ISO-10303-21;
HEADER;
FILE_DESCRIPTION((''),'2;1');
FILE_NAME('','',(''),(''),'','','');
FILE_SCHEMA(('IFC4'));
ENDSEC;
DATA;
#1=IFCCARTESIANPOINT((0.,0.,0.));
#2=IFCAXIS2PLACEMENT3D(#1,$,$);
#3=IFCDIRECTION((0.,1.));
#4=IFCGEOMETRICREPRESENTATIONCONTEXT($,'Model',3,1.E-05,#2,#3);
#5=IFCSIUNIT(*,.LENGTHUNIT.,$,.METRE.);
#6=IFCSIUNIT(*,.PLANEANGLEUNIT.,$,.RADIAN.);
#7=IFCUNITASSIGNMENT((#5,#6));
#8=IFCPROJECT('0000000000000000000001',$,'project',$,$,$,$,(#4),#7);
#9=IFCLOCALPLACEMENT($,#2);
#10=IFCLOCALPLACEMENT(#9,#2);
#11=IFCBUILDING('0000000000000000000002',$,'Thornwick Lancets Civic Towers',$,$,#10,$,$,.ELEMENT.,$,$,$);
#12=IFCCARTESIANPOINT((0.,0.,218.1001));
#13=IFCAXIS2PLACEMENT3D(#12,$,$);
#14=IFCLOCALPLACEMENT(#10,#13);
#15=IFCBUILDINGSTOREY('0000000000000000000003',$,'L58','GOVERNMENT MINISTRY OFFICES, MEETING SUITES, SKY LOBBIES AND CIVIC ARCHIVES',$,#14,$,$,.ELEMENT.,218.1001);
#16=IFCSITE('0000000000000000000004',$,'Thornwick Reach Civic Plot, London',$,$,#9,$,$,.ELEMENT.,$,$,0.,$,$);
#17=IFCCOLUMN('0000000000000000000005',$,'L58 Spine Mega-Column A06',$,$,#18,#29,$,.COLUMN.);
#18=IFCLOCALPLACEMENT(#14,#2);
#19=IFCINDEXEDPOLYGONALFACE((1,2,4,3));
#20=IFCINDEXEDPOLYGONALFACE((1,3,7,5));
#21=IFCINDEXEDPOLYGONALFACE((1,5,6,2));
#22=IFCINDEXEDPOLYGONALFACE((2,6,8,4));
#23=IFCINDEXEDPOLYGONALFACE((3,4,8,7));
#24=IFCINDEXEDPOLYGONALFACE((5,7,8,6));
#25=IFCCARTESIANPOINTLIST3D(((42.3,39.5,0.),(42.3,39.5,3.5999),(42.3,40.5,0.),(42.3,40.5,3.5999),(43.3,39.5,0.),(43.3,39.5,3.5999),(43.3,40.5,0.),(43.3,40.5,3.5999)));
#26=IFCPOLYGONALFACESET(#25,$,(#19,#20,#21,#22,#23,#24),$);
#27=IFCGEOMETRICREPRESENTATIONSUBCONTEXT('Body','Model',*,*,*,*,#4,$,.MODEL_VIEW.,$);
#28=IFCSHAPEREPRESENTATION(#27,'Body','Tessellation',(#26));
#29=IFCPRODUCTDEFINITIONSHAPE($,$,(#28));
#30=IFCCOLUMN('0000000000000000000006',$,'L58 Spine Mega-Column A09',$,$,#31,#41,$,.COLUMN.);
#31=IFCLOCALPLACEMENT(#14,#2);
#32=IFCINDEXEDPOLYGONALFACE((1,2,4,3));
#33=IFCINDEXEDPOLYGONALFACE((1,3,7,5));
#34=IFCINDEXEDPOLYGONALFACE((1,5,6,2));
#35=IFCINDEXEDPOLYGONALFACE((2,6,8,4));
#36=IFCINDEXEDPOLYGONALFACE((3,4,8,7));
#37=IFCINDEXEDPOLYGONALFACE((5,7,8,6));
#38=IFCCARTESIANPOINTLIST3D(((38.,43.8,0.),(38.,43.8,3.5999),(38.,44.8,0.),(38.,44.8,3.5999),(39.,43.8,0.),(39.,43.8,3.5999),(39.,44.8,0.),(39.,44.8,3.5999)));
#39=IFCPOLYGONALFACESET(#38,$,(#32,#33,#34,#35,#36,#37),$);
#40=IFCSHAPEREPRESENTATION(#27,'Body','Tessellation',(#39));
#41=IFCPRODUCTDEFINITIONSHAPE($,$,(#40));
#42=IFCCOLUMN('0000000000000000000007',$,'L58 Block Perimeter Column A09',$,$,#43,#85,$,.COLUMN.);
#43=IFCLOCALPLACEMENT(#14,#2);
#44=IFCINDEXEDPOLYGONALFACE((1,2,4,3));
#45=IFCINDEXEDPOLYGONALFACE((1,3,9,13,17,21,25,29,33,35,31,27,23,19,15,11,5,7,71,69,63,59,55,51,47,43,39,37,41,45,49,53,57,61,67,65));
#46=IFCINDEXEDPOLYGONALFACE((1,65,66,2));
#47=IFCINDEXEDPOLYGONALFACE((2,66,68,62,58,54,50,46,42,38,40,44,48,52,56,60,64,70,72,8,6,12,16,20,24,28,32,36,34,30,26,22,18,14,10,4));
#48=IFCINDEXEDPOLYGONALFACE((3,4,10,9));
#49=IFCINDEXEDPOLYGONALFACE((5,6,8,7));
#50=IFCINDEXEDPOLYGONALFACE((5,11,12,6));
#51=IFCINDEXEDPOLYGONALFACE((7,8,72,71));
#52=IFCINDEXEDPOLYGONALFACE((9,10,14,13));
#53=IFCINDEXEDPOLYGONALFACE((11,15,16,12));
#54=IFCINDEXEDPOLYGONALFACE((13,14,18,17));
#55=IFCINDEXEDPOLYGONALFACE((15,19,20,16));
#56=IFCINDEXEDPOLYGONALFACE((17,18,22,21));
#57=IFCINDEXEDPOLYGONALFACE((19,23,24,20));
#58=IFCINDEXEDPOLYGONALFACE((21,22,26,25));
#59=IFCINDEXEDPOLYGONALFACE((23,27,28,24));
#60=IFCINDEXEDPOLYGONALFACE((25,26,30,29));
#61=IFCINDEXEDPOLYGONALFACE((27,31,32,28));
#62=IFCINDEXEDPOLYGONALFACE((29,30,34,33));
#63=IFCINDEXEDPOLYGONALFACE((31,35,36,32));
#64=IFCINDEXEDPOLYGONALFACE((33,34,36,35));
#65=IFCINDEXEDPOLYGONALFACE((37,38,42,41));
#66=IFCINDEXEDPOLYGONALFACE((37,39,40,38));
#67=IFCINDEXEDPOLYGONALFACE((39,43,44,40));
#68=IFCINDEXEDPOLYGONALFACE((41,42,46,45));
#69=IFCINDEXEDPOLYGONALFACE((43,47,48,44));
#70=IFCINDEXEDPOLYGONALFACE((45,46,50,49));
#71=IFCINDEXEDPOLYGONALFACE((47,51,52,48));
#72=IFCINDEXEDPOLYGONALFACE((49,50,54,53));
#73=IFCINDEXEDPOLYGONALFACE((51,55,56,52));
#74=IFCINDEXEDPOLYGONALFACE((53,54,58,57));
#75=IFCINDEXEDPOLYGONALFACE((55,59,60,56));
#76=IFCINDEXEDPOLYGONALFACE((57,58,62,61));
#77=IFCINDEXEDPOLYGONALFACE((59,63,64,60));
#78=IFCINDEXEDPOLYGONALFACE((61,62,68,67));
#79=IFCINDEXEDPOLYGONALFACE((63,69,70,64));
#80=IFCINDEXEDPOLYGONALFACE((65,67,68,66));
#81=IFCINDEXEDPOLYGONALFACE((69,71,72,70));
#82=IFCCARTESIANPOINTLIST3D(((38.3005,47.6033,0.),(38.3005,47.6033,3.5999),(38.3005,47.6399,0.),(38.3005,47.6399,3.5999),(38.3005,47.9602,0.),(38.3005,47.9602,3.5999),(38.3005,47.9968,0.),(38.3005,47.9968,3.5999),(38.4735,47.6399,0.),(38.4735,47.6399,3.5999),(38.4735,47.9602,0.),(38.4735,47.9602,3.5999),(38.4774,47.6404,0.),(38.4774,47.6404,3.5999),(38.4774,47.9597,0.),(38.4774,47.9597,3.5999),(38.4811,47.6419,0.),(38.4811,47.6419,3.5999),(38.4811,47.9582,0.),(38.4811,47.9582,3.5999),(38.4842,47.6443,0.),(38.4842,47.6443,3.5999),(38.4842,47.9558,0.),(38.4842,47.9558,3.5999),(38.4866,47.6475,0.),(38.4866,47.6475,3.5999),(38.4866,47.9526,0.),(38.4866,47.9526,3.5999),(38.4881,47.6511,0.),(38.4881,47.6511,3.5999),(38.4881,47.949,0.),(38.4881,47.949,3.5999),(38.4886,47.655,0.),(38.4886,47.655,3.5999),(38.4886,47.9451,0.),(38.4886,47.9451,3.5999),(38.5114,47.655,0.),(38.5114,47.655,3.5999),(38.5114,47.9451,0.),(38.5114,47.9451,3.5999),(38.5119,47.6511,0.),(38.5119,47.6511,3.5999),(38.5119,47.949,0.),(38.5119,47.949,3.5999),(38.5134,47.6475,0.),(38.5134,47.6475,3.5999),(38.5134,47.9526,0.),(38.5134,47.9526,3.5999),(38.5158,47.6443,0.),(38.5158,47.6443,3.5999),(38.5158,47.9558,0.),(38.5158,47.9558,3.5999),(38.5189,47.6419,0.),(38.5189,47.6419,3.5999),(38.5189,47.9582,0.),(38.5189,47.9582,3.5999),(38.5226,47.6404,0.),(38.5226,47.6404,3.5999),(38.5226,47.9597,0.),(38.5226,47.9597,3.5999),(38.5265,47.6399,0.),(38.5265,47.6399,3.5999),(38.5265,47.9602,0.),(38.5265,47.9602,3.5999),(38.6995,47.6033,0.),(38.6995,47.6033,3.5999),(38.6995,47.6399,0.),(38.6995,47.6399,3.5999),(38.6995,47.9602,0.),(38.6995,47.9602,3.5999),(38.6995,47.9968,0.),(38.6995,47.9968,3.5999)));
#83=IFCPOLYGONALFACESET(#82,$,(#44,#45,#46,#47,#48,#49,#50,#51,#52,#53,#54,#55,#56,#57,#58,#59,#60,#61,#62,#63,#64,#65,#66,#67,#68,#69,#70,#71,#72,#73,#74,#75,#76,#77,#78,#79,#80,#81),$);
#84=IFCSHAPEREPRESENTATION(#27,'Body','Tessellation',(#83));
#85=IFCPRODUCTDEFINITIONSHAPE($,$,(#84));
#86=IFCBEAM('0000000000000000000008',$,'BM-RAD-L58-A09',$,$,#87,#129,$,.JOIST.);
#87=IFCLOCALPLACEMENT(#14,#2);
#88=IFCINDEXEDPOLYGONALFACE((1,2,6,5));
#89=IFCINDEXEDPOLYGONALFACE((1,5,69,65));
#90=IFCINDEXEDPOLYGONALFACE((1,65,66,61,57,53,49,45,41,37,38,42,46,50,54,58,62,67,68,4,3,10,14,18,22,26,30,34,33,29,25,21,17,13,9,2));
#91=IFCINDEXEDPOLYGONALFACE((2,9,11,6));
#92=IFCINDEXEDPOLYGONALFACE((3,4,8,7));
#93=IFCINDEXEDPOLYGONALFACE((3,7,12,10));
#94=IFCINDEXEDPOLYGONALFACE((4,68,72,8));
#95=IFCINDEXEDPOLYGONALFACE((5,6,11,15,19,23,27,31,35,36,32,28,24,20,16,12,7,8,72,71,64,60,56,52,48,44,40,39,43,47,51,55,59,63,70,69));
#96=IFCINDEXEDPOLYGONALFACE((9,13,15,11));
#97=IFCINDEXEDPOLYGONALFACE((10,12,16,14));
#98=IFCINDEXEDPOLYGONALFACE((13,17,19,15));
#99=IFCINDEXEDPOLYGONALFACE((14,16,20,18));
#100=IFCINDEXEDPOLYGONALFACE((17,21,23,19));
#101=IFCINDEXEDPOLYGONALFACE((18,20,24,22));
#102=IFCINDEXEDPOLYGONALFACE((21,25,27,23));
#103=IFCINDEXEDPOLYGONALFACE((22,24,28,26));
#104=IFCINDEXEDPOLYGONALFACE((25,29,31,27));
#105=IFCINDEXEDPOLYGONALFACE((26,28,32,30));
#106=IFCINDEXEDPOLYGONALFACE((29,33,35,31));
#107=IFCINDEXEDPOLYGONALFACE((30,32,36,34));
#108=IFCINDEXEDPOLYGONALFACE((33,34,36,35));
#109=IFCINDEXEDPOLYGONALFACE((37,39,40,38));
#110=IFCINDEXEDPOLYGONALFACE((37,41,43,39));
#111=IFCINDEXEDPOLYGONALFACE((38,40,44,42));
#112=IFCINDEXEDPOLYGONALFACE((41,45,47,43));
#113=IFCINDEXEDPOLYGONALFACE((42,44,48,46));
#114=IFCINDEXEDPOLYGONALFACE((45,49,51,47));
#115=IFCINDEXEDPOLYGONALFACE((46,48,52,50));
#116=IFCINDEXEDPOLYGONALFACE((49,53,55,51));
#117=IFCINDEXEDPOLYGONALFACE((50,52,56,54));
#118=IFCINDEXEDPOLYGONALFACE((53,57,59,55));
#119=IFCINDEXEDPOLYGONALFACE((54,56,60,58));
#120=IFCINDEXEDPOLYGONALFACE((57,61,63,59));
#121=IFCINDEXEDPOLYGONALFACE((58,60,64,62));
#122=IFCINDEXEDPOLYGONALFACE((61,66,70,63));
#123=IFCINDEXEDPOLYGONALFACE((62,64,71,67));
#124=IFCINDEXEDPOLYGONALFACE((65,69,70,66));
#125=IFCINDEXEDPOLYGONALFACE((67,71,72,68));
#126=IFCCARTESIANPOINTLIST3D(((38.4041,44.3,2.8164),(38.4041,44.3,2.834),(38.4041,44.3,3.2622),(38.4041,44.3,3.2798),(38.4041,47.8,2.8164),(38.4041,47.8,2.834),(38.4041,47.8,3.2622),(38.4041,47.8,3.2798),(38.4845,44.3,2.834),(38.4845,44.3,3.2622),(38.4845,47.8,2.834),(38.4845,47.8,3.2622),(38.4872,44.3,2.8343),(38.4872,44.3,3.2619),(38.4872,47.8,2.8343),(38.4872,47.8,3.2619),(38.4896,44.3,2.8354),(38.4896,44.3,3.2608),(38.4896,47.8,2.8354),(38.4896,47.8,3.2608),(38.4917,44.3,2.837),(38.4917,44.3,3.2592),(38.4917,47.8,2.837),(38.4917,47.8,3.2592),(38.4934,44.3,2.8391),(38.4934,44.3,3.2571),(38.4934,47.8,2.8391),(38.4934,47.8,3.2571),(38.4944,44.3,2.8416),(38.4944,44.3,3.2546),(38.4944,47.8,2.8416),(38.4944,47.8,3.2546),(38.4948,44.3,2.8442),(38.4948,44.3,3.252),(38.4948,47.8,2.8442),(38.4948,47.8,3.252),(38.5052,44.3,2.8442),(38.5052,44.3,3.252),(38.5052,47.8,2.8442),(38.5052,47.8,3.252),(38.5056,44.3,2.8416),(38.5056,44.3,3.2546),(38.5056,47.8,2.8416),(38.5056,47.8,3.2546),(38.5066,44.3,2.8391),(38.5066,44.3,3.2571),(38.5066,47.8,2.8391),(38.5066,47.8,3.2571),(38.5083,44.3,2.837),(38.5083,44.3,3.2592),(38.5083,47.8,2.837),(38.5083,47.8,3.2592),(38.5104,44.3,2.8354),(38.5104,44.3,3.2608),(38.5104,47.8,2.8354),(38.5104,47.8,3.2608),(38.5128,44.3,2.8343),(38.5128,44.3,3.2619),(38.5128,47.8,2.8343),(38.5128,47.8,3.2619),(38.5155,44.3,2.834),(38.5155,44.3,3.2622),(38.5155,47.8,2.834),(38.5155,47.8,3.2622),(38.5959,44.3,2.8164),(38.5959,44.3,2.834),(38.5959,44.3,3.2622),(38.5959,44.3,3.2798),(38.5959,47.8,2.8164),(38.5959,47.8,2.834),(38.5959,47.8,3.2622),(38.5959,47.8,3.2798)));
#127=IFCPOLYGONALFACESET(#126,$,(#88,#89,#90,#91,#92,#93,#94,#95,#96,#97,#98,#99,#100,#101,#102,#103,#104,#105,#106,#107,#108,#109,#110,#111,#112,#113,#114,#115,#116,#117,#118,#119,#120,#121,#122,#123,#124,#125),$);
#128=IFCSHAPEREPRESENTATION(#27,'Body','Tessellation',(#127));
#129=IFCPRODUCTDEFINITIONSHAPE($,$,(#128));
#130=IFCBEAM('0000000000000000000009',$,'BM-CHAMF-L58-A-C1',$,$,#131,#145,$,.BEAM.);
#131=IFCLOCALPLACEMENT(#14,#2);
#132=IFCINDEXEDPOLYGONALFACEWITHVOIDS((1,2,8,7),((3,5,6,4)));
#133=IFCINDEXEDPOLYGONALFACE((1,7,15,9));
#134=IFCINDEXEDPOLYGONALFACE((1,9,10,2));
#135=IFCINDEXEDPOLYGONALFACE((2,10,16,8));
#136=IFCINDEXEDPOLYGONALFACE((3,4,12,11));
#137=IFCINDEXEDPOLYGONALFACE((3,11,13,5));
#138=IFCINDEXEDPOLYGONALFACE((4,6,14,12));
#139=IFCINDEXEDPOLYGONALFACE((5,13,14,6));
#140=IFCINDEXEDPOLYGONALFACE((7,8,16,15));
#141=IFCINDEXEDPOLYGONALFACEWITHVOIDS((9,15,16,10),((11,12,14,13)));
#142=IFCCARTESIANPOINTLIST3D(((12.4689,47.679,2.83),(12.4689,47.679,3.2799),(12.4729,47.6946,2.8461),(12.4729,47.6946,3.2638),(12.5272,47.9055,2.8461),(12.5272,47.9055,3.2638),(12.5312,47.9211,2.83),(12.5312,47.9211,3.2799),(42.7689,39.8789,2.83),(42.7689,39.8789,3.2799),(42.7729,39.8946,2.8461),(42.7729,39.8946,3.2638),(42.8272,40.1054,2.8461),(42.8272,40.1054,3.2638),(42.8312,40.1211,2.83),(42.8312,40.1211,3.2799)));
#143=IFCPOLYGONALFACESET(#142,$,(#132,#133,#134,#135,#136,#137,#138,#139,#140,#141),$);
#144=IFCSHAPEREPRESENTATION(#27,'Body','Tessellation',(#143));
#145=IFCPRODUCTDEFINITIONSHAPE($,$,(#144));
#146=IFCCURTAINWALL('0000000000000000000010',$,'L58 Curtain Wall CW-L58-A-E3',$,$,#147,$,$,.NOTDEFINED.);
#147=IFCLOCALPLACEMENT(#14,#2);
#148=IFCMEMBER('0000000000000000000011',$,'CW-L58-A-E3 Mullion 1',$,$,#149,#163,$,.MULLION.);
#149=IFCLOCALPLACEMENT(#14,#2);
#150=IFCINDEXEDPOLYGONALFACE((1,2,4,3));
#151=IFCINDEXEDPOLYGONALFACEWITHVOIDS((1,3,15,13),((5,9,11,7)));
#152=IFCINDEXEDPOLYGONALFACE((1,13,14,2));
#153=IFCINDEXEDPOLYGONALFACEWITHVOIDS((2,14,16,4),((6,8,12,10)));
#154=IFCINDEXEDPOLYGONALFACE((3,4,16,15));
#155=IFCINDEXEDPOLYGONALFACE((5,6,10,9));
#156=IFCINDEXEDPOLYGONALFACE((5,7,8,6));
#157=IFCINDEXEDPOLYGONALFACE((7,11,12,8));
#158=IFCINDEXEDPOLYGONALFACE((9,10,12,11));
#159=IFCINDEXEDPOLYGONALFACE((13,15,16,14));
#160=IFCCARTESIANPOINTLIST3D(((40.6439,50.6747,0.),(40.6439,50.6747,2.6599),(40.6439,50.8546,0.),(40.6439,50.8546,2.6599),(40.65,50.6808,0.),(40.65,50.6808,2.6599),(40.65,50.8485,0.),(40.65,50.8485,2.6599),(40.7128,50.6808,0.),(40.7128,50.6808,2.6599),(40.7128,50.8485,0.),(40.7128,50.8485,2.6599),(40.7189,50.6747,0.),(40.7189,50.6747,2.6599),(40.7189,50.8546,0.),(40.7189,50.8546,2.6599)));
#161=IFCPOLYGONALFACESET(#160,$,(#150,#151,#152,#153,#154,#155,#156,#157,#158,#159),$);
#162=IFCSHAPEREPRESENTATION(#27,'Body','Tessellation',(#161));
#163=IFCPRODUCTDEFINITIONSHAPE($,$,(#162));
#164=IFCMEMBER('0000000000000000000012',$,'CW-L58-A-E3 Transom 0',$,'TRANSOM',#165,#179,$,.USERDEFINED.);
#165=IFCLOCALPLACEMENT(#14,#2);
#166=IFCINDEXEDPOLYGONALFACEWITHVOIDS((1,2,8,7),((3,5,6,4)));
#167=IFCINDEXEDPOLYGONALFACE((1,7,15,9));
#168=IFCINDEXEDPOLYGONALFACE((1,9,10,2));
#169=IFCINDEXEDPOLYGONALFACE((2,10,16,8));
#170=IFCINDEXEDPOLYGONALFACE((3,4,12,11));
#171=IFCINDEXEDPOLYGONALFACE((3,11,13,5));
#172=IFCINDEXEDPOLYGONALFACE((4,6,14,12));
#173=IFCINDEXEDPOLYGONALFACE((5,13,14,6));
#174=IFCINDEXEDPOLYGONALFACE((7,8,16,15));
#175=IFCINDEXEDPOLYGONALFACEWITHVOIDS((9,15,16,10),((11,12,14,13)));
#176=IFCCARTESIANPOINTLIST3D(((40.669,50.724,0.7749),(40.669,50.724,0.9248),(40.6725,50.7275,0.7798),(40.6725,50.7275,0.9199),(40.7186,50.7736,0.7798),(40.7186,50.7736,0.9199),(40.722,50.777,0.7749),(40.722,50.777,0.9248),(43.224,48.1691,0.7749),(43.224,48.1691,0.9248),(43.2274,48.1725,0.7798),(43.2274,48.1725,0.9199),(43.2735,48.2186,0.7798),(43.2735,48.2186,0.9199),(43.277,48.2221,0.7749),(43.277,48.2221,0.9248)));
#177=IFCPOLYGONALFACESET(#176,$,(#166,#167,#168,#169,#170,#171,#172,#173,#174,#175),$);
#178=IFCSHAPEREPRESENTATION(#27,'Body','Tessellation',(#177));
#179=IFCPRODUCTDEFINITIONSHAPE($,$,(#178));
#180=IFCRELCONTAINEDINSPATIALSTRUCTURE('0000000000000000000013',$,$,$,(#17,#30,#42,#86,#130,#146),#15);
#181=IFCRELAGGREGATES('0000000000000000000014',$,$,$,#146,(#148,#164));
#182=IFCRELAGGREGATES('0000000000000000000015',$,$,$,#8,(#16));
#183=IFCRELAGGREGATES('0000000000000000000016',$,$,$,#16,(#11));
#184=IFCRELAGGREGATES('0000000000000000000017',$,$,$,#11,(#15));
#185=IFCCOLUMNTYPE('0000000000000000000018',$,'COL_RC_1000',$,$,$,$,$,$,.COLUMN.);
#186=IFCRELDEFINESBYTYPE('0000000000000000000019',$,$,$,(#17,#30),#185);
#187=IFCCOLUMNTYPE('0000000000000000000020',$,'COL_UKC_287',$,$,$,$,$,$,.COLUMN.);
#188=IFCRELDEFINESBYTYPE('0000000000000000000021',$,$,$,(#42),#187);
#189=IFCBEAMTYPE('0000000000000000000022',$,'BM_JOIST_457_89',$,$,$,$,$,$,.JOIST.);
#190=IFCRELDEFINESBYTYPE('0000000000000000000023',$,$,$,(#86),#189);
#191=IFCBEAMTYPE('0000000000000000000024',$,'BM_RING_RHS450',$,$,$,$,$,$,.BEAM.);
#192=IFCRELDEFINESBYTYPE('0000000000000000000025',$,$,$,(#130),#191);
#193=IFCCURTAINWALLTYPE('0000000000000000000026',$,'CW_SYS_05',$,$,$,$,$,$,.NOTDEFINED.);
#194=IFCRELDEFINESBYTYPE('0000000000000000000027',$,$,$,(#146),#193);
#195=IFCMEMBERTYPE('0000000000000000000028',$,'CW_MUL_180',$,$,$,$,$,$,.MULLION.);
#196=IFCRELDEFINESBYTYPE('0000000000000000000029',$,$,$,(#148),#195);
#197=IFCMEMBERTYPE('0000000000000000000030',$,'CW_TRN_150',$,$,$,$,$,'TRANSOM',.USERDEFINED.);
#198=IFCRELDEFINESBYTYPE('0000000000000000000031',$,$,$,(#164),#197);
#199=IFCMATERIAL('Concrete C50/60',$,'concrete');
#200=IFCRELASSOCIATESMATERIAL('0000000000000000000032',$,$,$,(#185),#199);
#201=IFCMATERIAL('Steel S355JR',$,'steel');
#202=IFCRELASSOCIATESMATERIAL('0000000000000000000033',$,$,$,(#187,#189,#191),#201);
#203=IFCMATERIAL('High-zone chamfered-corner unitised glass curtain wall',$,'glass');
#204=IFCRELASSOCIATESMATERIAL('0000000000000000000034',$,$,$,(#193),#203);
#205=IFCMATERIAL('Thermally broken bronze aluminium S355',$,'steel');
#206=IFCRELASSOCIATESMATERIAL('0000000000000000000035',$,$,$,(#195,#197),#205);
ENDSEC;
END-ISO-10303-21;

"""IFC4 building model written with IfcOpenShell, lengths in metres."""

from ifc_helpers import new_model, si_unit, direction, frame, origin, origin_2d, place, context, subcontext, project, spatial, rectangle, hollow_rectangle, i_section, extrude, material, material_profile, profile_set, type_object, element, aggregate, save


model = new_model("IFC4")

# Units and contexts
model_context = context("Model", 3, precision=1e-05, world=origin(), true_north=direction((0.0, 1.0)))
body_context = subcontext(model_context, "Body", "Model", "MODEL_VIEW")
ifc_project = project(units=[si_unit("LENGTHUNIT", "METRE"), si_unit("PLANEANGLEUNIT", "RADIAN")], contexts=[model_context])

# Site, building, storey
site_placement = place(None, origin())
site = spatial("IfcSite", under=ifc_project, at=site_placement, Name="Thornwick Reach Civic Plot, London", CompositionType="ELEMENT", RefElevation=0.0)
building_placement = place(site_placement, origin())
building = spatial("IfcBuilding", under=site, at=building_placement, Name="Thornwick Lancets Civic Towers", CompositionType="ELEMENT")
storey_placement = place(building_placement, frame((0.0, 0.0, 218.1001)))
storey = spatial("IfcBuildingStorey", under=building, at=storey_placement, Name="L58", Description="GOVERNMENT MINISTRY OFFICES, MEETING SUITES, SKY LOBBIES AND CIVIC ARCHIVES", CompositionType="ELEMENT", Elevation=218.1001)

# Columns
ifc_material_1 = material(Name="Concrete C50/60", Category="concrete")
ifc_material_profile_1 = material_profile(ifc_material_1, rectangle(XDim=1.0, YDim=1.0, at=origin_2d()), Name="RC 1000x1000")
ifc_profile_set_1 = profile_set([ifc_material_profile_1], Name="Concrete C50/60")
column_type_1 = type_object("IfcColumnType", Name="COL_RC_1000", PredefinedType="COLUMN", material=ifc_profile_set_1)
for number, where, z_axis, x_axis, name in (
    (1, (42.8, 40.0, 0.0), (0.0, 0.0, 1.0), (1.0, 0.0, 0.0), "L58 Spine Mega-Column A06"),
    (2, (38.5, 44.3, 0.0), (0.0, 0.0, 1.0), (1.0, 0.0, 0.0), "L58 Spine Mega-Column A09"),
):
    element("IfcColumn", number, at=place(storey_placement, frame(where, z_axis=z_axis, x_axis=x_axis)), inside=storey, type_object=column_type_1, Name=name, PredefinedType="COLUMN", context=body_context, shape_type="SweptSolid", body=[
        extrude(rectangle(XDim=1.0, YDim=1.0, at=origin_2d()), origin(), (0.0, 0.0, 1.0), 3.5999),
    ])
ifc_material_2 = material(Name="Steel S355JR", Category="steel")
ifc_material_profile_2 = material_profile(ifc_material_2, i_section(OverallWidth=0.3989, OverallDepth=0.3936, WebThickness=0.0227, FlangeThickness=0.0366, FilletRadius=0.0151, at=origin_2d()), Name="UKC 356x406x287")
ifc_profile_set_2 = profile_set([ifc_material_profile_2], Name="Steel S355JR")
column_type_2 = type_object("IfcColumnType", Name="COL_UKC_287", PredefinedType="COLUMN", material=ifc_profile_set_2)
column_placement = place(storey_placement, frame((38.5, 47.8, 0.0), z_axis=(0.0, 0.0, 1.0), x_axis=(1.0, 0.0, 0.0)))
element("IfcColumn", 3, at=column_placement, inside=storey, type_object=column_type_2, Name="L58 Block Perimeter Column A09", PredefinedType="COLUMN", context=body_context, shape_type="SweptSolid", body=[
    extrude(i_section(OverallWidth=0.3989, OverallDepth=0.3936, WebThickness=0.0227, FlangeThickness=0.0366, FilletRadius=0.0151, at=origin_2d()), origin(), (0.0, 0.0, 1.0), 3.5999),
])

# Beams
ifc_material_profile_3 = material_profile(ifc_material_2, i_section(OverallWidth=0.1919, OverallDepth=0.4634, WebThickness=0.0105, FlangeThickness=0.0176, FilletRadius=0.0103, at=origin_2d()), Name="UKB 457x191x89")
ifc_profile_set_3 = profile_set([ifc_material_profile_3], Name="Steel S355JR")
beam_type_1 = type_object("IfcBeamType", Name="BM_JOIST_457_89", PredefinedType="JOIST", material=ifc_profile_set_3)
beam_1_placement = place(storey_placement, frame((38.5, 44.3, 3.0481), z_axis=(0.0, 1.0, 0.0), x_axis=(-1.0, 0.0, 0.0)))
element("IfcBeam", 4, at=beam_1_placement, inside=storey, type_object=beam_type_1, Name="BM-RAD-L58-A09", PredefinedType="JOIST", context=body_context, shape_type="SweptSolid", body=[
    extrude(i_section(OverallWidth=0.1919, OverallDepth=0.4634, WebThickness=0.0105, FlangeThickness=0.0176, FilletRadius=0.0103, at=origin_2d()), origin(), (0.0, 0.0, 1.0), 3.5),
])
ifc_material_profile_4 = material_profile(ifc_material_2, hollow_rectangle(XDim=0.25, YDim=0.45, WallThickness=0.0161, at=origin_2d()), Name="RHS 450x250x16")
ifc_profile_set_4 = profile_set([ifc_material_profile_4], Name="Steel S355JR")
beam_type_2 = type_object("IfcBeamType", Name="BM_RING_RHS450", PredefinedType="BEAM", material=ifc_profile_set_4)
beam_2_placement = place(storey_placement, frame((42.8, 40.0, 3.0549), z_axis=(-0.968427, 0.249299, 0.0), x_axis=(-0.249299, -0.968427, 0.0)))
element("IfcBeam", 5, at=beam_2_placement, inside=storey, type_object=beam_type_2, Name="BM-CHAMF-L58-A-C1", PredefinedType="BEAM", context=body_context, shape_type="SweptSolid", body=[
    extrude(hollow_rectangle(XDim=0.25, YDim=0.45, WallThickness=0.0161, at=origin_2d()), origin(), (0.0, 0.0, 1.0), 31.2878),
])

# Curtain wall, members
ifc_material_3 = material(Name="High-zone chamfered-corner unitised glass curtain wall", Category="glass")
curtain_wall_type = type_object("IfcCurtainWallType", Name="CW_SYS_05", PredefinedType="NOTDEFINED", material=ifc_material_3)
curtain_wall_placement = place(storey_placement, origin())
curtain_wall = element("IfcCurtainWall", 6, at=curtain_wall_placement, inside=storey, type_object=curtain_wall_type, Name="L58 Curtain Wall CW-L58-A-E3", PredefinedType="NOTDEFINED")
ifc_material_4 = material(Name="Thermally broken bronze aluminium S355", Category="steel")
ifc_material_profile_5 = material_profile(ifc_material_4, hollow_rectangle(XDim=0.075, YDim=0.1799, WallThickness=0.0061, at=origin_2d()), Name="RHS 180x75x6")
ifc_profile_set_5 = profile_set([ifc_material_profile_5], Name="Thermally broken bronze aluminium S355")
member_type_1 = type_object("IfcMemberType", Name="CW_MUL_180", PredefinedType="MULLION", material=ifc_profile_set_5)
member_1_placement = place(storey_placement, frame((40.6814, 50.7646, 0.0), z_axis=(0.0, 0.0, 1.0), x_axis=(1.0, 0.0, 0.0)))
member_1 = element("IfcMember", 7, at=member_1_placement, type_object=member_type_1, Name="CW-L58-A-E3 Mullion 1", PredefinedType="MULLION", context=body_context, shape_type="SweptSolid", body=[
    extrude(hollow_rectangle(XDim=0.075, YDim=0.1799, WallThickness=0.0061, at=origin_2d()), origin(), (0.0, 0.0, 1.0), 2.6599),
])
ifc_material_profile_6 = material_profile(ifc_material_4, hollow_rectangle(XDim=0.075, YDim=0.1499, WallThickness=0.0049, at=origin_2d()), Name="RHS 150x75x5")
ifc_profile_set_6 = profile_set([ifc_material_profile_6], Name="Thermally broken bronze aluminium S355")
member_type_2 = type_object("IfcMemberType", Name="CW_TRN_150", ElementType="TRANSOM", PredefinedType="USERDEFINED", material=ifc_profile_set_6)
member_2_placement = place(storey_placement, frame((43.2505, 48.1956, 0.8499), z_axis=(-0.707107, 0.707107, 0.0), x_axis=(-0.707107, -0.707107, 0.0)))
member_2 = element("IfcMember", 8, at=member_2_placement, type_object=member_type_2, Name="CW-L58-A-E3 Transom 0", ObjectType="TRANSOM", PredefinedType="USERDEFINED", context=body_context, shape_type="SweptSolid", body=[
    extrude(hollow_rectangle(XDim=0.075, YDim=0.1499, WallThickness=0.0049, at=origin_2d()), origin(), (0.0, 0.0, 1.0), 3.6133),
])
aggregate(curtain_wall, [member_1, member_2])

save(model, "model.ifc")
